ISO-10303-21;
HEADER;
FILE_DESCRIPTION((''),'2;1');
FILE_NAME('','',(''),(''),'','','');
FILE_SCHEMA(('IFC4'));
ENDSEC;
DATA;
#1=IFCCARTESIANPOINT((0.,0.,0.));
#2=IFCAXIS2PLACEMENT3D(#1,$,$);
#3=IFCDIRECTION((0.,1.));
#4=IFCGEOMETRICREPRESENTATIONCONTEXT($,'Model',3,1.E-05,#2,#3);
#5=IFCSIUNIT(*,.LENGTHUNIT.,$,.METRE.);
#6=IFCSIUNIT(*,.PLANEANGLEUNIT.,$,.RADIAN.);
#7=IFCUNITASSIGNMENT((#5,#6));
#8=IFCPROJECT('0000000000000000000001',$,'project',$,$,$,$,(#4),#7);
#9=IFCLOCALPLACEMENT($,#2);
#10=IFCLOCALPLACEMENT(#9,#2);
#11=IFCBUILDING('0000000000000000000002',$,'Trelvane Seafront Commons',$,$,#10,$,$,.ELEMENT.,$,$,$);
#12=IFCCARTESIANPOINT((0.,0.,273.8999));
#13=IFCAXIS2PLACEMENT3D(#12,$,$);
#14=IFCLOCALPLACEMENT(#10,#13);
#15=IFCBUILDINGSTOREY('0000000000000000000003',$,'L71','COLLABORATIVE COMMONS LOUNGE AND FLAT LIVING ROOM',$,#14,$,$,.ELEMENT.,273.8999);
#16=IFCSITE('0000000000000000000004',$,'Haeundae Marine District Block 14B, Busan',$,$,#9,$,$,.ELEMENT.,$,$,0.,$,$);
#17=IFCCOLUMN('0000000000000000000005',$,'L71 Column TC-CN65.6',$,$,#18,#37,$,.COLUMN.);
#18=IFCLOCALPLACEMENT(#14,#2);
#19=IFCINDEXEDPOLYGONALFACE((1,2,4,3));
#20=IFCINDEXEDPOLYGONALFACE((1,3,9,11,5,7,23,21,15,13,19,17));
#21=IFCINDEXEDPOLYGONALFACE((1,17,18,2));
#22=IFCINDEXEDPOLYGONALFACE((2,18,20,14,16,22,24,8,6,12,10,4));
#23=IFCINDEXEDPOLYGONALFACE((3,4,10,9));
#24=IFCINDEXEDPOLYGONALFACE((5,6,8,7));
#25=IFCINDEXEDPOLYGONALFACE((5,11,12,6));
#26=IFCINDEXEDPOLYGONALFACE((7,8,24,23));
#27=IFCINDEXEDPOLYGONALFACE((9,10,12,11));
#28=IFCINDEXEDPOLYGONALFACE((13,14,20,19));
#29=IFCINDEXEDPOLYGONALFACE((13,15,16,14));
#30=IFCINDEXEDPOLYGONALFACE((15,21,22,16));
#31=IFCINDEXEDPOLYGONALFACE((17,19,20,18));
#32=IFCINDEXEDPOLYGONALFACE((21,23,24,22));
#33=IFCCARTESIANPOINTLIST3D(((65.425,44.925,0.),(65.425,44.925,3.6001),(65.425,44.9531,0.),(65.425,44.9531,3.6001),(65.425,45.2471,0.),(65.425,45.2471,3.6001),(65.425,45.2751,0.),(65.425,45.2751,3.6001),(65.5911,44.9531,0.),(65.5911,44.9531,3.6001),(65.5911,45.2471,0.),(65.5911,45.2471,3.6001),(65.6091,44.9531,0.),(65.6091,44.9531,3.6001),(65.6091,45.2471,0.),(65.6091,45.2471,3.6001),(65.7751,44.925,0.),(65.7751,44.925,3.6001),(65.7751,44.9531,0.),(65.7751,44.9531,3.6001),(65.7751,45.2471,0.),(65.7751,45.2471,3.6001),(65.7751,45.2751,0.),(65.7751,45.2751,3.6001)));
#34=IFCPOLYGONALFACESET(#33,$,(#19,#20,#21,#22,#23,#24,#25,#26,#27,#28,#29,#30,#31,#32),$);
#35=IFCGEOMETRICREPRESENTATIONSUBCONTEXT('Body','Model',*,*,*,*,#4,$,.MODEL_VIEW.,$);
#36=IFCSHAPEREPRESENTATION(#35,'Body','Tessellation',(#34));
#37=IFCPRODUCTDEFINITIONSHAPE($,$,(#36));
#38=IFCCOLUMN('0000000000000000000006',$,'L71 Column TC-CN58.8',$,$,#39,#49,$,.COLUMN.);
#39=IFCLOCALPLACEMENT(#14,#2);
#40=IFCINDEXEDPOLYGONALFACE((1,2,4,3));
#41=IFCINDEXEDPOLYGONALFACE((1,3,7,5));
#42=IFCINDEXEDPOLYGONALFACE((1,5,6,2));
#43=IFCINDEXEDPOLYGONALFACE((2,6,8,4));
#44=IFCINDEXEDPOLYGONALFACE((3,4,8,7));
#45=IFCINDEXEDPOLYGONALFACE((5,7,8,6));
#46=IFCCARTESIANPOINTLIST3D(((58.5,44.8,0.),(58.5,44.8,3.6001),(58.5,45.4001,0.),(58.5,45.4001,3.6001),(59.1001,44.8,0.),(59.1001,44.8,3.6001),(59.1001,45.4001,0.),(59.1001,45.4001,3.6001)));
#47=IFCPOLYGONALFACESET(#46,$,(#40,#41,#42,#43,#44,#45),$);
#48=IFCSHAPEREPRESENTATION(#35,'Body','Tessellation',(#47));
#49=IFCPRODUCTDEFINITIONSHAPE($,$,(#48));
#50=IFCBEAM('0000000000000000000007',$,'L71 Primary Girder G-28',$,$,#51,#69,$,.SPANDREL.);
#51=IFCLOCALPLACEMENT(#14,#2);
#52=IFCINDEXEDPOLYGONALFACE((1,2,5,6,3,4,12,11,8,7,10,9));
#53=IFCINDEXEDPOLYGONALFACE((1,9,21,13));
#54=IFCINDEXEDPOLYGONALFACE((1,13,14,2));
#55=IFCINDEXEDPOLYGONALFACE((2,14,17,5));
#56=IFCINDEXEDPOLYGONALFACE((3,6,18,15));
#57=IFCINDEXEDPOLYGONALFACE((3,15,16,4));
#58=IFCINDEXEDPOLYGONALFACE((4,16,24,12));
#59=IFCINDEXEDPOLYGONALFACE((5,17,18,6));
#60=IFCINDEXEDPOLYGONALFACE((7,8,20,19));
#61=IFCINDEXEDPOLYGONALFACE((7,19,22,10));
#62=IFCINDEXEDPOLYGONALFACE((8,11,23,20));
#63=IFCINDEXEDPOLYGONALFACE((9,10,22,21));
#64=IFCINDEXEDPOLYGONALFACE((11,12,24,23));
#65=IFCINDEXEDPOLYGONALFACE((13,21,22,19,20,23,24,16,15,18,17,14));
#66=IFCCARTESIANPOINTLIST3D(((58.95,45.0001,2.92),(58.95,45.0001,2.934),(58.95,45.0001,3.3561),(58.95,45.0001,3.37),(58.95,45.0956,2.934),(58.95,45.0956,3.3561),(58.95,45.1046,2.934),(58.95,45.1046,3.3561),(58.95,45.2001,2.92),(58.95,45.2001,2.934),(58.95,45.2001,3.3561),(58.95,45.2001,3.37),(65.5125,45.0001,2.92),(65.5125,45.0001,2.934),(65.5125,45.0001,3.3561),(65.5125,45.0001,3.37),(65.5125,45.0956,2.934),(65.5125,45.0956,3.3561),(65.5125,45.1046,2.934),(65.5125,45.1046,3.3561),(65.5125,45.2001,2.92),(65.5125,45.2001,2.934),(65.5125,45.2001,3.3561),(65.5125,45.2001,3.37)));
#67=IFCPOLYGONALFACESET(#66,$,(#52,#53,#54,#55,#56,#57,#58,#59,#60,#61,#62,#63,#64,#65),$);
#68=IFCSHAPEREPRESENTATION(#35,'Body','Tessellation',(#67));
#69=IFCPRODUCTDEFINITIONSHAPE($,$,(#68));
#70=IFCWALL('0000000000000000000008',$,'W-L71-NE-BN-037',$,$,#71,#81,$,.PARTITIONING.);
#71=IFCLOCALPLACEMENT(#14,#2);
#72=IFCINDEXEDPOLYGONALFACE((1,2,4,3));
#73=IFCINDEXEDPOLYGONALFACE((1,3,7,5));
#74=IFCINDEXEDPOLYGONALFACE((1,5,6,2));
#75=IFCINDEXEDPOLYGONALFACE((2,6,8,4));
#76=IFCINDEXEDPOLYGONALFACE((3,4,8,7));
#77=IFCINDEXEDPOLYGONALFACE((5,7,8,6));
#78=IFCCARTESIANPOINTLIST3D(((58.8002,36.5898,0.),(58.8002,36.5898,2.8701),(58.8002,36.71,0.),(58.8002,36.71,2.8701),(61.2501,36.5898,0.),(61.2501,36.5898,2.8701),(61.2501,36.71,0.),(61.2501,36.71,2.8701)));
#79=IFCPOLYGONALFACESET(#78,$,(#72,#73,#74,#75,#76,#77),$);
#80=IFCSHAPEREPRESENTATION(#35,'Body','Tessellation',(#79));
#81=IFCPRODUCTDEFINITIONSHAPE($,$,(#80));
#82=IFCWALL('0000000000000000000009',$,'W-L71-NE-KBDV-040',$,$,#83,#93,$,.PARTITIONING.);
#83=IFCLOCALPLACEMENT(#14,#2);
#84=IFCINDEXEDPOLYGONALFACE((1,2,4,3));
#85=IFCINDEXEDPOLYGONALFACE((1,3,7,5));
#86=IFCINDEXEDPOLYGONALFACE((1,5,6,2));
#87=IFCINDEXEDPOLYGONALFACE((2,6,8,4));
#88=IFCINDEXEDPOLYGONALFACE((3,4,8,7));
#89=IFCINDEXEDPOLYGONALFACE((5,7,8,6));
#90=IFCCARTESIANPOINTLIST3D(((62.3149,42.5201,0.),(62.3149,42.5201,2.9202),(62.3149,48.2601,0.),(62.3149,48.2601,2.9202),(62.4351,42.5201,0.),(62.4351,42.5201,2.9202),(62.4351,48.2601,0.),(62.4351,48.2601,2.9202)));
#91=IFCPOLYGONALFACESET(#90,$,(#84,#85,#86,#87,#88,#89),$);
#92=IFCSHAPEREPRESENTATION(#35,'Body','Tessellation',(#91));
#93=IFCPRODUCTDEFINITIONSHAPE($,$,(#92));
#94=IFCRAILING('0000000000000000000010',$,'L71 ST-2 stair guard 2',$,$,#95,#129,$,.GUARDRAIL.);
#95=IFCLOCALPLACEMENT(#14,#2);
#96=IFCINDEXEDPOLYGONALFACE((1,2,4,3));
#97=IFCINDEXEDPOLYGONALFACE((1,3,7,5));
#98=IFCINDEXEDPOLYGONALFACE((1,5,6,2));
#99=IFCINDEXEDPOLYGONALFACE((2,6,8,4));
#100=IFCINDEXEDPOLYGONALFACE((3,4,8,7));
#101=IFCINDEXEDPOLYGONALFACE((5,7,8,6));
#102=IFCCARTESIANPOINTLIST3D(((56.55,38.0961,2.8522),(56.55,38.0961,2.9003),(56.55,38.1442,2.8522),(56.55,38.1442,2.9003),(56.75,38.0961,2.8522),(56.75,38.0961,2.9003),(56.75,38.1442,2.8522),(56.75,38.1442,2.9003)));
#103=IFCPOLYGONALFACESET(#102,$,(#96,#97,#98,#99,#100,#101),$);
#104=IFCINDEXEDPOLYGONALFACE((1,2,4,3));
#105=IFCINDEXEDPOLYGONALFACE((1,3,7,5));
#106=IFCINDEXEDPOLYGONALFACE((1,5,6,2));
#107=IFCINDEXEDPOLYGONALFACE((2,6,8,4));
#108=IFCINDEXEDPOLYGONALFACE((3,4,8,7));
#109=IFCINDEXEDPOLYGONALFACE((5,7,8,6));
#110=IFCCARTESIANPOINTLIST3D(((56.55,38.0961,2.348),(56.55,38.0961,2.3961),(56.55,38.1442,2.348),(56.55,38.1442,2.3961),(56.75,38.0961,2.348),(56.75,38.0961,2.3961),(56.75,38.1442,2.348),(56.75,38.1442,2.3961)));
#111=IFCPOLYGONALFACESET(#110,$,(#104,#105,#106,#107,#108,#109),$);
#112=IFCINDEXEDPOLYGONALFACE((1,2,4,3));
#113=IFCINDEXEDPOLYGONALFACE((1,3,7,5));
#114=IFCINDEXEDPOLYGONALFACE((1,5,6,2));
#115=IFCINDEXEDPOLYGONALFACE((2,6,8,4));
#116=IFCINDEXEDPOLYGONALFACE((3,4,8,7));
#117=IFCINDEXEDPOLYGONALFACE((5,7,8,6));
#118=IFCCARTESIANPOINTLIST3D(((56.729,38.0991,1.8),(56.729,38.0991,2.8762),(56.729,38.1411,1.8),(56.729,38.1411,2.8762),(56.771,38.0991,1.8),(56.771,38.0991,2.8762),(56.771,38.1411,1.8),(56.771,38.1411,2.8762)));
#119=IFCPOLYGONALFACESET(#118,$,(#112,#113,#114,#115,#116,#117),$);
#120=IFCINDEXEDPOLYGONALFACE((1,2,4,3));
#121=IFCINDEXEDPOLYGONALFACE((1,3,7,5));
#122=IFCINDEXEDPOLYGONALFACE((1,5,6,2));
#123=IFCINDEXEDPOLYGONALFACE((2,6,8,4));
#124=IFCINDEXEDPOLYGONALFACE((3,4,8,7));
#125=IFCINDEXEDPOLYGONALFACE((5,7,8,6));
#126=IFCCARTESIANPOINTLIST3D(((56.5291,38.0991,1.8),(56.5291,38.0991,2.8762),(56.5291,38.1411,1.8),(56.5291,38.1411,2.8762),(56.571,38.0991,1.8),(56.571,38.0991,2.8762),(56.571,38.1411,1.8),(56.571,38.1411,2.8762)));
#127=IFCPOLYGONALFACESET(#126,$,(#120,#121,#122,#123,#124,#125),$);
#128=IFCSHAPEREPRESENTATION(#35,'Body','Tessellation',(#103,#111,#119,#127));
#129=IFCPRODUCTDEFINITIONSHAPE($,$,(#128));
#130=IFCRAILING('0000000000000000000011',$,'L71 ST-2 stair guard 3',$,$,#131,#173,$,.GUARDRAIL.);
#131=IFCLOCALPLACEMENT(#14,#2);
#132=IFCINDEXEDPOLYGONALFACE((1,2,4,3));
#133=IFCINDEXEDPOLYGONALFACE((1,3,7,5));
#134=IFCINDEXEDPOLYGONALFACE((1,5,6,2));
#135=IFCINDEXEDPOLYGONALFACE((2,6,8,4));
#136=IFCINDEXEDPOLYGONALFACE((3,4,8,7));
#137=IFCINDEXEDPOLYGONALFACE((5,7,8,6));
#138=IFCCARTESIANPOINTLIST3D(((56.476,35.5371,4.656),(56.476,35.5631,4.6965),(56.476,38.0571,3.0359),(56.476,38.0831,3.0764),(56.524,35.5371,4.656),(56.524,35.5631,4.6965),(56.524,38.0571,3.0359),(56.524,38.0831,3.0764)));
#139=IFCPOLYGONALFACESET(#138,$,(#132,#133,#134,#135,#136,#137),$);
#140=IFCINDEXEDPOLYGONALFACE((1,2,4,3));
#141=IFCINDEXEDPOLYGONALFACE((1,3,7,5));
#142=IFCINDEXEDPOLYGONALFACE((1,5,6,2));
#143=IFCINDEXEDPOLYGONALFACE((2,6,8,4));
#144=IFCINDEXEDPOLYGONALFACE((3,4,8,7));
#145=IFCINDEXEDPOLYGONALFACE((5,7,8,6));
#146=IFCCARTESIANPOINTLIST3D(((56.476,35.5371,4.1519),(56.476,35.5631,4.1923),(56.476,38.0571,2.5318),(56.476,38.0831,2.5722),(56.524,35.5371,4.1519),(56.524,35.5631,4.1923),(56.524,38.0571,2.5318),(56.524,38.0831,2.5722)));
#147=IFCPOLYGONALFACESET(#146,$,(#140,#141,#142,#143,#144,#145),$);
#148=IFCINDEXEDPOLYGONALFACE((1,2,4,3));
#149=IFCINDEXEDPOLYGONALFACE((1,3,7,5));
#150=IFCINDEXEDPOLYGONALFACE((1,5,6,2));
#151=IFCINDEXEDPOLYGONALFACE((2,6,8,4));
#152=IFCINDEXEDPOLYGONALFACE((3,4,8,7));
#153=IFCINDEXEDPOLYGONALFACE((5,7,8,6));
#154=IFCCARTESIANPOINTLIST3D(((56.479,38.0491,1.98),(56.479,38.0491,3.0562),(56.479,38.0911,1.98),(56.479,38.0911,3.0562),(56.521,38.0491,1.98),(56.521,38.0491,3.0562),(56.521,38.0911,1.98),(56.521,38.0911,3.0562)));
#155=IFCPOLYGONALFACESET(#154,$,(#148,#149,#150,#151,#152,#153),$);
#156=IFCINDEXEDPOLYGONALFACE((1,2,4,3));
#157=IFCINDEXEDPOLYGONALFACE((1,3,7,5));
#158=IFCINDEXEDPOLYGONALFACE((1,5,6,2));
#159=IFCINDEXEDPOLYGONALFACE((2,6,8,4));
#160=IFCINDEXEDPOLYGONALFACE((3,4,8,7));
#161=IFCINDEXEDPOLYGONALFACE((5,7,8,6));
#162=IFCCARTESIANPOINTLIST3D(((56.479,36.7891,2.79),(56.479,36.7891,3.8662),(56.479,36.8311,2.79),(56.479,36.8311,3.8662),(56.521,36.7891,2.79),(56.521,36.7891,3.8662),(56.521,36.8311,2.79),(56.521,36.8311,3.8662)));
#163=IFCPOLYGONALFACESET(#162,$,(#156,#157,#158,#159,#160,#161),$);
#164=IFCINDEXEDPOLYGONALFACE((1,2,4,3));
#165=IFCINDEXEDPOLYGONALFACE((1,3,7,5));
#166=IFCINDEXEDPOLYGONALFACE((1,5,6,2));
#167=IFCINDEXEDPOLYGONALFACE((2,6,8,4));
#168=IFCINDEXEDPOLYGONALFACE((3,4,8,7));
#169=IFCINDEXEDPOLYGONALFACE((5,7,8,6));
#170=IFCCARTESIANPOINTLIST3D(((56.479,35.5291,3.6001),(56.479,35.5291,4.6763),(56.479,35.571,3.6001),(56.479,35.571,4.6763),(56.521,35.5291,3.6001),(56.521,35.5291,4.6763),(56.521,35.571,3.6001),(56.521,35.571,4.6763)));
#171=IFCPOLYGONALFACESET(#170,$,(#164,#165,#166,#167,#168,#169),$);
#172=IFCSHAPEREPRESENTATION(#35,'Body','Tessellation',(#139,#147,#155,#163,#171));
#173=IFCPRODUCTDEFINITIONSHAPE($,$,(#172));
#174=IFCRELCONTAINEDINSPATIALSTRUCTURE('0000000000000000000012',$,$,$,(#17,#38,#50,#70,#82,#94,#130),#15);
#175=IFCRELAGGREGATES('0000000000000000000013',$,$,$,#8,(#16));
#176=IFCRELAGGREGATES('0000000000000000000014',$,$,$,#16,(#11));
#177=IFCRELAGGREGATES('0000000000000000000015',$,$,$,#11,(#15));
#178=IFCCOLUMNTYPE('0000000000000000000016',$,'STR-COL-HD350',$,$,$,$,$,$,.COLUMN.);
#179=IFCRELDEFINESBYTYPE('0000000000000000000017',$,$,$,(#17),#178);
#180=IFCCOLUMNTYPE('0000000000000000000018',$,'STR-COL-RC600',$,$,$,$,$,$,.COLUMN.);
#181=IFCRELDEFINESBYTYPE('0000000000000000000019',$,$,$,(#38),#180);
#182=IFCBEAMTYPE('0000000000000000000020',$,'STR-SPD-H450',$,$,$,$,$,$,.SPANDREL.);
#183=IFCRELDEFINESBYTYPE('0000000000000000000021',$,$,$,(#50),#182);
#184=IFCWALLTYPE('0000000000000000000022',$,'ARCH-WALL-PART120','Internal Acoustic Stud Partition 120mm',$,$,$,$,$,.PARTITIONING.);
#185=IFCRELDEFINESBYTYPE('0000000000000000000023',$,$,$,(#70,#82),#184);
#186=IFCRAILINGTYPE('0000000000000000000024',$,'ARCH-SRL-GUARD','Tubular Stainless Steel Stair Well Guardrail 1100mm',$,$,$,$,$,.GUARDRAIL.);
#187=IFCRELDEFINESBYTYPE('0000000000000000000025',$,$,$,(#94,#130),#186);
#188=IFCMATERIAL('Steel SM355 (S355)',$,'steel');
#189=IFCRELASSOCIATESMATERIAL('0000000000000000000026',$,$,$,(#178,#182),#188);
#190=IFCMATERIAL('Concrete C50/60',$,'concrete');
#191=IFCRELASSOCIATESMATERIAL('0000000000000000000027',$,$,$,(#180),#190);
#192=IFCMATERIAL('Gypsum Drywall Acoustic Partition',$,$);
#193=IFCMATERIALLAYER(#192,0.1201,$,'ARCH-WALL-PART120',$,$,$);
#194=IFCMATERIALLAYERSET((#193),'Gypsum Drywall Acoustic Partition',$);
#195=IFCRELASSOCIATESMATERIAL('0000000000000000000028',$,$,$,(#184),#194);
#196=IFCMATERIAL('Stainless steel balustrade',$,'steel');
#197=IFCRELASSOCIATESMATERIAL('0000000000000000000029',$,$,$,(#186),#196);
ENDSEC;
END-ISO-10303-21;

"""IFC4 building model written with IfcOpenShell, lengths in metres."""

from ifc_helpers import new_model, si_unit, direction, frame, frame_2d, origin, origin_2d, place, context, subcontext, project, spatial, rectangle, i_section, extrude, source, transform, mapped, material, layer, layer_set, material_profile, profile_set, type_object, element, save


model = new_model("IFC4")

# Units and contexts
model_context = context("Model", 3, precision=1e-05, world=origin(), true_north=direction((0.0, 1.0)))
body_context = subcontext(model_context, "Body", "Model", "MODEL_VIEW")
ifc_project = project(units=[si_unit("LENGTHUNIT", "METRE"), si_unit("PLANEANGLEUNIT", "RADIAN")], contexts=[model_context])

# Site, building, storey
site_placement = place(None, origin())
site = spatial("IfcSite", under=ifc_project, at=site_placement, Name="Haeundae Marine District Block 14B, Busan", CompositionType="ELEMENT", RefElevation=0.0)
building_placement = place(site_placement, origin())
building = spatial("IfcBuilding", under=site, at=building_placement, Name="Trelvane Seafront Commons", CompositionType="ELEMENT")
storey_placement = place(building_placement, frame((0.0, 0.0, 273.8999)))
storey = spatial("IfcBuildingStorey", under=building, at=storey_placement, Name="L71", Description="COLLABORATIVE COMMONS LOUNGE AND FLAT LIVING ROOM", CompositionType="ELEMENT", Elevation=273.8999)

# Columns
ifc_material_1 = material(Name="Steel SM355 (S355)", Category="steel")
ifc_material_profile_1 = material_profile(ifc_material_1, i_section(OverallWidth=0.3501, OverallDepth=0.3501, WebThickness=0.0181, FlangeThickness=0.0281, at=origin_2d()), Name="HD-350x350x18x28")
ifc_profile_set_1 = profile_set([ifc_material_profile_1], Name="Steel SM355 (S355)")
column_type_1 = type_object("IfcColumnType", Name="STR-COL-HD350", PredefinedType="COLUMN", material=ifc_profile_set_1)
shared_shape_1 = source(origin(), body_context, "Body", "SweptSolid", [
    extrude(i_section(OverallWidth=0.3501, OverallDepth=0.3501, WebThickness=0.0181, FlangeThickness=0.0281, at=origin_2d()), origin(), (0.0, 0.0, 1.0), 3.6001),
])
column_1_placement = place(storey_placement, frame((65.6001, 45.1001, 0.0), z_axis=(0.0, 0.0, 1.0), x_axis=(1.0, 0.0, 0.0)))
element("IfcColumn", 1, at=column_1_placement, inside=storey, type_object=column_type_1, Name="L71 Column TC-CN65.6", PredefinedType="COLUMN", context=body_context, shape_type="MappedRepresentation", body=[
    mapped(shared_shape_1, transform((0.0, 0.0, 0.0), x_axis=(1.0, 0.0, 0.0), y_axis=(0.0, 1.0, 0.0), z_axis=(0.0, 0.0, 1.0), scale=1.0)),
])
ifc_material_2 = material(Name="Concrete C50/60", Category="concrete")
ifc_material_profile_2 = material_profile(ifc_material_2, rectangle(XDim=0.6001, YDim=0.6001, at=origin_2d()), Name="RC-600x600")
ifc_profile_set_2 = profile_set([ifc_material_profile_2], Name="Concrete C50/60")
column_type_2 = type_object("IfcColumnType", Name="STR-COL-RC600", PredefinedType="COLUMN", material=ifc_profile_set_2)
shared_shape_2 = source(origin(), body_context, "Body", "SweptSolid", [
    extrude(rectangle(XDim=0.6001, YDim=0.6001, at=origin_2d()), origin(), (0.0, 0.0, 1.0), 3.6001),
])
column_2_placement = place(storey_placement, frame((58.8, 45.1001, 0.0), z_axis=(0.0, 0.0, 1.0), x_axis=(1.0, 0.0, 0.0)))
element("IfcColumn", 2, at=column_2_placement, inside=storey, type_object=column_type_2, Name="L71 Column TC-CN58.8", PredefinedType="COLUMN", context=body_context, shape_type="MappedRepresentation", body=[
    mapped(shared_shape_2, transform((0.0, 0.0, 0.0), x_axis=(1.0, 0.0, 0.0), y_axis=(0.0, 1.0, 0.0), z_axis=(0.0, 0.0, 1.0), scale=1.0)),
])

# Beam
ifc_material_profile_3 = material_profile(ifc_material_1, i_section(OverallWidth=0.2, OverallDepth=0.45, WebThickness=0.009, FlangeThickness=0.0139, at=origin_2d()), Name="H-450x200x9x14")
ifc_profile_set_3 = profile_set([ifc_material_profile_3], Name="Steel SM355 (S355)")
beam_type = type_object("IfcBeamType", Name="STR-SPD-H450", PredefinedType="SPANDREL", material=ifc_profile_set_3)
shared_shape_3 = source(origin(), body_context, "Body", "SweptSolid", [
    extrude(i_section(OverallWidth=0.2, OverallDepth=0.45, WebThickness=0.009, FlangeThickness=0.0139, at=origin_2d()), origin(), (0.0, 0.0, 1.0), 6.5625),
])
beam_placement = place(storey_placement, frame((58.95, 45.1001, 3.145), z_axis=(1.0, 0.0, 0.0), x_axis=(0.0, 1.0, 0.0)))
element("IfcBeam", 3, at=beam_placement, inside=storey, type_object=beam_type, Name="L71 Primary Girder G-28", PredefinedType="SPANDREL", context=body_context, shape_type="MappedRepresentation", body=[
    mapped(shared_shape_3, transform((0.0, 0.0, 0.0), x_axis=(1.0, 0.0, 0.0), y_axis=(0.0, 1.0, 0.0), z_axis=(0.0, 0.0, 1.0), scale=1.0)),
])

# Wall
ifc_material_3 = material(Name="Gypsum Drywall Acoustic Partition")
ifc_layer_1 = layer(ifc_material_3, 0.1201, Name="ARCH-WALL-PART120")
ifc_layer_set_1 = layer_set([ifc_layer_1], Name="Gypsum Drywall Acoustic Partition")
wall_type_1 = type_object("IfcWallType", Name="ARCH-WALL-PART120", Description="Internal Acoustic Stud Partition 120mm", PredefinedType="PARTITIONING", material=ifc_layer_set_1)
wall_1_placement = place(storey_placement, frame((58.8, 36.6499, 0.0), z_axis=(0.0, 0.0, 1.0), x_axis=(1.0, 0.0, 0.0)))
element("IfcWall", 4, at=wall_1_placement, inside=storey, type_object=wall_type_1, Name="W-L71-NE-BN-037", PredefinedType="PARTITIONING", context=body_context, shape_type="SweptSolid", body=[
    extrude(rectangle(XDim=2.45, YDim=0.1201, at=frame_2d((1.2251, 0.0))), origin(), (0.0, 0.0, 1.0), 2.8701),
])

# Wall
wall_2_placement = place(storey_placement, frame((62.375, 42.52, 0.0), z_axis=(0.0, 0.0, 1.0), x_axis=(0.0, 1.0, 0.0)))
element("IfcWall", 5, at=wall_2_placement, inside=storey, type_object=wall_type_1, Name="W-L71-NE-KBDV-040", PredefinedType="PARTITIONING", context=body_context, shape_type="SweptSolid", body=[
    extrude(rectangle(XDim=5.74, YDim=0.1201, at=frame_2d((2.8701, 0.0))), origin(), (0.0, 0.0, 1.0), 2.9202),
])

# Railings
ifc_material_4 = material(Name="Stainless steel balustrade", Category="steel")
railing_type = type_object("IfcRailingType", Name="ARCH-SRL-GUARD", Description="Tubular Stainless Steel Stair Well Guardrail 1100mm", PredefinedType="GUARDRAIL", material=ifc_material_4)
railing_1_placement = place(storey_placement, frame((56.75, 38.1201, 1.8)))
element("IfcRailing", 6, at=railing_1_placement, inside=storey, type_object=railing_type, Name="L71 ST-2 stair guard 2", PredefinedType="GUARDRAIL", context=body_context, shape_type="SweptSolid", body=[
    extrude(rectangle(XDim=0.0481, YDim=0.0481, at=origin_2d()), frame((0.0, 0.0, 1.0762), z_axis=(-1.0, 0.0, 0.0), x_axis=(0.0, -1.0, 0.0)), (0.0, 0.0, 1.0), 0.2),
    extrude(rectangle(XDim=0.0481, YDim=0.0481, at=origin_2d()), frame((0.0, 0.0, 0.572), z_axis=(-1.0, 0.0, 0.0), x_axis=(0.0, -1.0, 0.0)), (0.0, 0.0, 1.0), 0.2),
    extrude(rectangle(XDim=0.042, YDim=0.042, at=origin_2d()), origin(), (0.0, 0.0, 1.0), 1.0762),
    extrude(rectangle(XDim=0.042, YDim=0.042, at=origin_2d()), frame((-0.2, 0.0, 0.0)), (0.0, 0.0, 1.0), 1.0762),
])
railing_2_placement = place(storey_placement, frame((56.5, 38.0701, 1.98)))
element("IfcRailing", 7, at=railing_2_placement, inside=storey, type_object=railing_type, Name="L71 ST-2 stair guard 3", PredefinedType="GUARDRAIL", context=body_context, shape_type="SweptSolid", body=[
    extrude(rectangle(XDim=0.0481, YDim=0.0481, at=origin_2d()), frame((0.0, 0.0, 1.0762), z_axis=(0.0, -0.841163, 0.540782), x_axis=(1.0, 0.0, 0.0)), (0.0, 0.0, 1.0), 2.9958),
    extrude(rectangle(XDim=0.0481, YDim=0.0481, at=origin_2d()), frame((0.0, 0.0, 0.572), z_axis=(0.0, -0.841163, 0.540782), x_axis=(1.0, 0.0, 0.0)), (0.0, 0.0, 1.0), 2.9958),
    extrude(rectangle(XDim=0.042, YDim=0.042, at=origin_2d()), origin(), (0.0, 0.0, 1.0), 1.0762),
    extrude(rectangle(XDim=0.042, YDim=0.042, at=origin_2d()), frame((0.0, -1.26, 0.8101)), (0.0, 0.0, 1.0), 1.0762),
    extrude(rectangle(XDim=0.042, YDim=0.042, at=origin_2d()), frame((0.0, -2.52, 1.6201)), (0.0, 0.0, 1.0), 1.0762),
])

save(model, "model.ifc")
